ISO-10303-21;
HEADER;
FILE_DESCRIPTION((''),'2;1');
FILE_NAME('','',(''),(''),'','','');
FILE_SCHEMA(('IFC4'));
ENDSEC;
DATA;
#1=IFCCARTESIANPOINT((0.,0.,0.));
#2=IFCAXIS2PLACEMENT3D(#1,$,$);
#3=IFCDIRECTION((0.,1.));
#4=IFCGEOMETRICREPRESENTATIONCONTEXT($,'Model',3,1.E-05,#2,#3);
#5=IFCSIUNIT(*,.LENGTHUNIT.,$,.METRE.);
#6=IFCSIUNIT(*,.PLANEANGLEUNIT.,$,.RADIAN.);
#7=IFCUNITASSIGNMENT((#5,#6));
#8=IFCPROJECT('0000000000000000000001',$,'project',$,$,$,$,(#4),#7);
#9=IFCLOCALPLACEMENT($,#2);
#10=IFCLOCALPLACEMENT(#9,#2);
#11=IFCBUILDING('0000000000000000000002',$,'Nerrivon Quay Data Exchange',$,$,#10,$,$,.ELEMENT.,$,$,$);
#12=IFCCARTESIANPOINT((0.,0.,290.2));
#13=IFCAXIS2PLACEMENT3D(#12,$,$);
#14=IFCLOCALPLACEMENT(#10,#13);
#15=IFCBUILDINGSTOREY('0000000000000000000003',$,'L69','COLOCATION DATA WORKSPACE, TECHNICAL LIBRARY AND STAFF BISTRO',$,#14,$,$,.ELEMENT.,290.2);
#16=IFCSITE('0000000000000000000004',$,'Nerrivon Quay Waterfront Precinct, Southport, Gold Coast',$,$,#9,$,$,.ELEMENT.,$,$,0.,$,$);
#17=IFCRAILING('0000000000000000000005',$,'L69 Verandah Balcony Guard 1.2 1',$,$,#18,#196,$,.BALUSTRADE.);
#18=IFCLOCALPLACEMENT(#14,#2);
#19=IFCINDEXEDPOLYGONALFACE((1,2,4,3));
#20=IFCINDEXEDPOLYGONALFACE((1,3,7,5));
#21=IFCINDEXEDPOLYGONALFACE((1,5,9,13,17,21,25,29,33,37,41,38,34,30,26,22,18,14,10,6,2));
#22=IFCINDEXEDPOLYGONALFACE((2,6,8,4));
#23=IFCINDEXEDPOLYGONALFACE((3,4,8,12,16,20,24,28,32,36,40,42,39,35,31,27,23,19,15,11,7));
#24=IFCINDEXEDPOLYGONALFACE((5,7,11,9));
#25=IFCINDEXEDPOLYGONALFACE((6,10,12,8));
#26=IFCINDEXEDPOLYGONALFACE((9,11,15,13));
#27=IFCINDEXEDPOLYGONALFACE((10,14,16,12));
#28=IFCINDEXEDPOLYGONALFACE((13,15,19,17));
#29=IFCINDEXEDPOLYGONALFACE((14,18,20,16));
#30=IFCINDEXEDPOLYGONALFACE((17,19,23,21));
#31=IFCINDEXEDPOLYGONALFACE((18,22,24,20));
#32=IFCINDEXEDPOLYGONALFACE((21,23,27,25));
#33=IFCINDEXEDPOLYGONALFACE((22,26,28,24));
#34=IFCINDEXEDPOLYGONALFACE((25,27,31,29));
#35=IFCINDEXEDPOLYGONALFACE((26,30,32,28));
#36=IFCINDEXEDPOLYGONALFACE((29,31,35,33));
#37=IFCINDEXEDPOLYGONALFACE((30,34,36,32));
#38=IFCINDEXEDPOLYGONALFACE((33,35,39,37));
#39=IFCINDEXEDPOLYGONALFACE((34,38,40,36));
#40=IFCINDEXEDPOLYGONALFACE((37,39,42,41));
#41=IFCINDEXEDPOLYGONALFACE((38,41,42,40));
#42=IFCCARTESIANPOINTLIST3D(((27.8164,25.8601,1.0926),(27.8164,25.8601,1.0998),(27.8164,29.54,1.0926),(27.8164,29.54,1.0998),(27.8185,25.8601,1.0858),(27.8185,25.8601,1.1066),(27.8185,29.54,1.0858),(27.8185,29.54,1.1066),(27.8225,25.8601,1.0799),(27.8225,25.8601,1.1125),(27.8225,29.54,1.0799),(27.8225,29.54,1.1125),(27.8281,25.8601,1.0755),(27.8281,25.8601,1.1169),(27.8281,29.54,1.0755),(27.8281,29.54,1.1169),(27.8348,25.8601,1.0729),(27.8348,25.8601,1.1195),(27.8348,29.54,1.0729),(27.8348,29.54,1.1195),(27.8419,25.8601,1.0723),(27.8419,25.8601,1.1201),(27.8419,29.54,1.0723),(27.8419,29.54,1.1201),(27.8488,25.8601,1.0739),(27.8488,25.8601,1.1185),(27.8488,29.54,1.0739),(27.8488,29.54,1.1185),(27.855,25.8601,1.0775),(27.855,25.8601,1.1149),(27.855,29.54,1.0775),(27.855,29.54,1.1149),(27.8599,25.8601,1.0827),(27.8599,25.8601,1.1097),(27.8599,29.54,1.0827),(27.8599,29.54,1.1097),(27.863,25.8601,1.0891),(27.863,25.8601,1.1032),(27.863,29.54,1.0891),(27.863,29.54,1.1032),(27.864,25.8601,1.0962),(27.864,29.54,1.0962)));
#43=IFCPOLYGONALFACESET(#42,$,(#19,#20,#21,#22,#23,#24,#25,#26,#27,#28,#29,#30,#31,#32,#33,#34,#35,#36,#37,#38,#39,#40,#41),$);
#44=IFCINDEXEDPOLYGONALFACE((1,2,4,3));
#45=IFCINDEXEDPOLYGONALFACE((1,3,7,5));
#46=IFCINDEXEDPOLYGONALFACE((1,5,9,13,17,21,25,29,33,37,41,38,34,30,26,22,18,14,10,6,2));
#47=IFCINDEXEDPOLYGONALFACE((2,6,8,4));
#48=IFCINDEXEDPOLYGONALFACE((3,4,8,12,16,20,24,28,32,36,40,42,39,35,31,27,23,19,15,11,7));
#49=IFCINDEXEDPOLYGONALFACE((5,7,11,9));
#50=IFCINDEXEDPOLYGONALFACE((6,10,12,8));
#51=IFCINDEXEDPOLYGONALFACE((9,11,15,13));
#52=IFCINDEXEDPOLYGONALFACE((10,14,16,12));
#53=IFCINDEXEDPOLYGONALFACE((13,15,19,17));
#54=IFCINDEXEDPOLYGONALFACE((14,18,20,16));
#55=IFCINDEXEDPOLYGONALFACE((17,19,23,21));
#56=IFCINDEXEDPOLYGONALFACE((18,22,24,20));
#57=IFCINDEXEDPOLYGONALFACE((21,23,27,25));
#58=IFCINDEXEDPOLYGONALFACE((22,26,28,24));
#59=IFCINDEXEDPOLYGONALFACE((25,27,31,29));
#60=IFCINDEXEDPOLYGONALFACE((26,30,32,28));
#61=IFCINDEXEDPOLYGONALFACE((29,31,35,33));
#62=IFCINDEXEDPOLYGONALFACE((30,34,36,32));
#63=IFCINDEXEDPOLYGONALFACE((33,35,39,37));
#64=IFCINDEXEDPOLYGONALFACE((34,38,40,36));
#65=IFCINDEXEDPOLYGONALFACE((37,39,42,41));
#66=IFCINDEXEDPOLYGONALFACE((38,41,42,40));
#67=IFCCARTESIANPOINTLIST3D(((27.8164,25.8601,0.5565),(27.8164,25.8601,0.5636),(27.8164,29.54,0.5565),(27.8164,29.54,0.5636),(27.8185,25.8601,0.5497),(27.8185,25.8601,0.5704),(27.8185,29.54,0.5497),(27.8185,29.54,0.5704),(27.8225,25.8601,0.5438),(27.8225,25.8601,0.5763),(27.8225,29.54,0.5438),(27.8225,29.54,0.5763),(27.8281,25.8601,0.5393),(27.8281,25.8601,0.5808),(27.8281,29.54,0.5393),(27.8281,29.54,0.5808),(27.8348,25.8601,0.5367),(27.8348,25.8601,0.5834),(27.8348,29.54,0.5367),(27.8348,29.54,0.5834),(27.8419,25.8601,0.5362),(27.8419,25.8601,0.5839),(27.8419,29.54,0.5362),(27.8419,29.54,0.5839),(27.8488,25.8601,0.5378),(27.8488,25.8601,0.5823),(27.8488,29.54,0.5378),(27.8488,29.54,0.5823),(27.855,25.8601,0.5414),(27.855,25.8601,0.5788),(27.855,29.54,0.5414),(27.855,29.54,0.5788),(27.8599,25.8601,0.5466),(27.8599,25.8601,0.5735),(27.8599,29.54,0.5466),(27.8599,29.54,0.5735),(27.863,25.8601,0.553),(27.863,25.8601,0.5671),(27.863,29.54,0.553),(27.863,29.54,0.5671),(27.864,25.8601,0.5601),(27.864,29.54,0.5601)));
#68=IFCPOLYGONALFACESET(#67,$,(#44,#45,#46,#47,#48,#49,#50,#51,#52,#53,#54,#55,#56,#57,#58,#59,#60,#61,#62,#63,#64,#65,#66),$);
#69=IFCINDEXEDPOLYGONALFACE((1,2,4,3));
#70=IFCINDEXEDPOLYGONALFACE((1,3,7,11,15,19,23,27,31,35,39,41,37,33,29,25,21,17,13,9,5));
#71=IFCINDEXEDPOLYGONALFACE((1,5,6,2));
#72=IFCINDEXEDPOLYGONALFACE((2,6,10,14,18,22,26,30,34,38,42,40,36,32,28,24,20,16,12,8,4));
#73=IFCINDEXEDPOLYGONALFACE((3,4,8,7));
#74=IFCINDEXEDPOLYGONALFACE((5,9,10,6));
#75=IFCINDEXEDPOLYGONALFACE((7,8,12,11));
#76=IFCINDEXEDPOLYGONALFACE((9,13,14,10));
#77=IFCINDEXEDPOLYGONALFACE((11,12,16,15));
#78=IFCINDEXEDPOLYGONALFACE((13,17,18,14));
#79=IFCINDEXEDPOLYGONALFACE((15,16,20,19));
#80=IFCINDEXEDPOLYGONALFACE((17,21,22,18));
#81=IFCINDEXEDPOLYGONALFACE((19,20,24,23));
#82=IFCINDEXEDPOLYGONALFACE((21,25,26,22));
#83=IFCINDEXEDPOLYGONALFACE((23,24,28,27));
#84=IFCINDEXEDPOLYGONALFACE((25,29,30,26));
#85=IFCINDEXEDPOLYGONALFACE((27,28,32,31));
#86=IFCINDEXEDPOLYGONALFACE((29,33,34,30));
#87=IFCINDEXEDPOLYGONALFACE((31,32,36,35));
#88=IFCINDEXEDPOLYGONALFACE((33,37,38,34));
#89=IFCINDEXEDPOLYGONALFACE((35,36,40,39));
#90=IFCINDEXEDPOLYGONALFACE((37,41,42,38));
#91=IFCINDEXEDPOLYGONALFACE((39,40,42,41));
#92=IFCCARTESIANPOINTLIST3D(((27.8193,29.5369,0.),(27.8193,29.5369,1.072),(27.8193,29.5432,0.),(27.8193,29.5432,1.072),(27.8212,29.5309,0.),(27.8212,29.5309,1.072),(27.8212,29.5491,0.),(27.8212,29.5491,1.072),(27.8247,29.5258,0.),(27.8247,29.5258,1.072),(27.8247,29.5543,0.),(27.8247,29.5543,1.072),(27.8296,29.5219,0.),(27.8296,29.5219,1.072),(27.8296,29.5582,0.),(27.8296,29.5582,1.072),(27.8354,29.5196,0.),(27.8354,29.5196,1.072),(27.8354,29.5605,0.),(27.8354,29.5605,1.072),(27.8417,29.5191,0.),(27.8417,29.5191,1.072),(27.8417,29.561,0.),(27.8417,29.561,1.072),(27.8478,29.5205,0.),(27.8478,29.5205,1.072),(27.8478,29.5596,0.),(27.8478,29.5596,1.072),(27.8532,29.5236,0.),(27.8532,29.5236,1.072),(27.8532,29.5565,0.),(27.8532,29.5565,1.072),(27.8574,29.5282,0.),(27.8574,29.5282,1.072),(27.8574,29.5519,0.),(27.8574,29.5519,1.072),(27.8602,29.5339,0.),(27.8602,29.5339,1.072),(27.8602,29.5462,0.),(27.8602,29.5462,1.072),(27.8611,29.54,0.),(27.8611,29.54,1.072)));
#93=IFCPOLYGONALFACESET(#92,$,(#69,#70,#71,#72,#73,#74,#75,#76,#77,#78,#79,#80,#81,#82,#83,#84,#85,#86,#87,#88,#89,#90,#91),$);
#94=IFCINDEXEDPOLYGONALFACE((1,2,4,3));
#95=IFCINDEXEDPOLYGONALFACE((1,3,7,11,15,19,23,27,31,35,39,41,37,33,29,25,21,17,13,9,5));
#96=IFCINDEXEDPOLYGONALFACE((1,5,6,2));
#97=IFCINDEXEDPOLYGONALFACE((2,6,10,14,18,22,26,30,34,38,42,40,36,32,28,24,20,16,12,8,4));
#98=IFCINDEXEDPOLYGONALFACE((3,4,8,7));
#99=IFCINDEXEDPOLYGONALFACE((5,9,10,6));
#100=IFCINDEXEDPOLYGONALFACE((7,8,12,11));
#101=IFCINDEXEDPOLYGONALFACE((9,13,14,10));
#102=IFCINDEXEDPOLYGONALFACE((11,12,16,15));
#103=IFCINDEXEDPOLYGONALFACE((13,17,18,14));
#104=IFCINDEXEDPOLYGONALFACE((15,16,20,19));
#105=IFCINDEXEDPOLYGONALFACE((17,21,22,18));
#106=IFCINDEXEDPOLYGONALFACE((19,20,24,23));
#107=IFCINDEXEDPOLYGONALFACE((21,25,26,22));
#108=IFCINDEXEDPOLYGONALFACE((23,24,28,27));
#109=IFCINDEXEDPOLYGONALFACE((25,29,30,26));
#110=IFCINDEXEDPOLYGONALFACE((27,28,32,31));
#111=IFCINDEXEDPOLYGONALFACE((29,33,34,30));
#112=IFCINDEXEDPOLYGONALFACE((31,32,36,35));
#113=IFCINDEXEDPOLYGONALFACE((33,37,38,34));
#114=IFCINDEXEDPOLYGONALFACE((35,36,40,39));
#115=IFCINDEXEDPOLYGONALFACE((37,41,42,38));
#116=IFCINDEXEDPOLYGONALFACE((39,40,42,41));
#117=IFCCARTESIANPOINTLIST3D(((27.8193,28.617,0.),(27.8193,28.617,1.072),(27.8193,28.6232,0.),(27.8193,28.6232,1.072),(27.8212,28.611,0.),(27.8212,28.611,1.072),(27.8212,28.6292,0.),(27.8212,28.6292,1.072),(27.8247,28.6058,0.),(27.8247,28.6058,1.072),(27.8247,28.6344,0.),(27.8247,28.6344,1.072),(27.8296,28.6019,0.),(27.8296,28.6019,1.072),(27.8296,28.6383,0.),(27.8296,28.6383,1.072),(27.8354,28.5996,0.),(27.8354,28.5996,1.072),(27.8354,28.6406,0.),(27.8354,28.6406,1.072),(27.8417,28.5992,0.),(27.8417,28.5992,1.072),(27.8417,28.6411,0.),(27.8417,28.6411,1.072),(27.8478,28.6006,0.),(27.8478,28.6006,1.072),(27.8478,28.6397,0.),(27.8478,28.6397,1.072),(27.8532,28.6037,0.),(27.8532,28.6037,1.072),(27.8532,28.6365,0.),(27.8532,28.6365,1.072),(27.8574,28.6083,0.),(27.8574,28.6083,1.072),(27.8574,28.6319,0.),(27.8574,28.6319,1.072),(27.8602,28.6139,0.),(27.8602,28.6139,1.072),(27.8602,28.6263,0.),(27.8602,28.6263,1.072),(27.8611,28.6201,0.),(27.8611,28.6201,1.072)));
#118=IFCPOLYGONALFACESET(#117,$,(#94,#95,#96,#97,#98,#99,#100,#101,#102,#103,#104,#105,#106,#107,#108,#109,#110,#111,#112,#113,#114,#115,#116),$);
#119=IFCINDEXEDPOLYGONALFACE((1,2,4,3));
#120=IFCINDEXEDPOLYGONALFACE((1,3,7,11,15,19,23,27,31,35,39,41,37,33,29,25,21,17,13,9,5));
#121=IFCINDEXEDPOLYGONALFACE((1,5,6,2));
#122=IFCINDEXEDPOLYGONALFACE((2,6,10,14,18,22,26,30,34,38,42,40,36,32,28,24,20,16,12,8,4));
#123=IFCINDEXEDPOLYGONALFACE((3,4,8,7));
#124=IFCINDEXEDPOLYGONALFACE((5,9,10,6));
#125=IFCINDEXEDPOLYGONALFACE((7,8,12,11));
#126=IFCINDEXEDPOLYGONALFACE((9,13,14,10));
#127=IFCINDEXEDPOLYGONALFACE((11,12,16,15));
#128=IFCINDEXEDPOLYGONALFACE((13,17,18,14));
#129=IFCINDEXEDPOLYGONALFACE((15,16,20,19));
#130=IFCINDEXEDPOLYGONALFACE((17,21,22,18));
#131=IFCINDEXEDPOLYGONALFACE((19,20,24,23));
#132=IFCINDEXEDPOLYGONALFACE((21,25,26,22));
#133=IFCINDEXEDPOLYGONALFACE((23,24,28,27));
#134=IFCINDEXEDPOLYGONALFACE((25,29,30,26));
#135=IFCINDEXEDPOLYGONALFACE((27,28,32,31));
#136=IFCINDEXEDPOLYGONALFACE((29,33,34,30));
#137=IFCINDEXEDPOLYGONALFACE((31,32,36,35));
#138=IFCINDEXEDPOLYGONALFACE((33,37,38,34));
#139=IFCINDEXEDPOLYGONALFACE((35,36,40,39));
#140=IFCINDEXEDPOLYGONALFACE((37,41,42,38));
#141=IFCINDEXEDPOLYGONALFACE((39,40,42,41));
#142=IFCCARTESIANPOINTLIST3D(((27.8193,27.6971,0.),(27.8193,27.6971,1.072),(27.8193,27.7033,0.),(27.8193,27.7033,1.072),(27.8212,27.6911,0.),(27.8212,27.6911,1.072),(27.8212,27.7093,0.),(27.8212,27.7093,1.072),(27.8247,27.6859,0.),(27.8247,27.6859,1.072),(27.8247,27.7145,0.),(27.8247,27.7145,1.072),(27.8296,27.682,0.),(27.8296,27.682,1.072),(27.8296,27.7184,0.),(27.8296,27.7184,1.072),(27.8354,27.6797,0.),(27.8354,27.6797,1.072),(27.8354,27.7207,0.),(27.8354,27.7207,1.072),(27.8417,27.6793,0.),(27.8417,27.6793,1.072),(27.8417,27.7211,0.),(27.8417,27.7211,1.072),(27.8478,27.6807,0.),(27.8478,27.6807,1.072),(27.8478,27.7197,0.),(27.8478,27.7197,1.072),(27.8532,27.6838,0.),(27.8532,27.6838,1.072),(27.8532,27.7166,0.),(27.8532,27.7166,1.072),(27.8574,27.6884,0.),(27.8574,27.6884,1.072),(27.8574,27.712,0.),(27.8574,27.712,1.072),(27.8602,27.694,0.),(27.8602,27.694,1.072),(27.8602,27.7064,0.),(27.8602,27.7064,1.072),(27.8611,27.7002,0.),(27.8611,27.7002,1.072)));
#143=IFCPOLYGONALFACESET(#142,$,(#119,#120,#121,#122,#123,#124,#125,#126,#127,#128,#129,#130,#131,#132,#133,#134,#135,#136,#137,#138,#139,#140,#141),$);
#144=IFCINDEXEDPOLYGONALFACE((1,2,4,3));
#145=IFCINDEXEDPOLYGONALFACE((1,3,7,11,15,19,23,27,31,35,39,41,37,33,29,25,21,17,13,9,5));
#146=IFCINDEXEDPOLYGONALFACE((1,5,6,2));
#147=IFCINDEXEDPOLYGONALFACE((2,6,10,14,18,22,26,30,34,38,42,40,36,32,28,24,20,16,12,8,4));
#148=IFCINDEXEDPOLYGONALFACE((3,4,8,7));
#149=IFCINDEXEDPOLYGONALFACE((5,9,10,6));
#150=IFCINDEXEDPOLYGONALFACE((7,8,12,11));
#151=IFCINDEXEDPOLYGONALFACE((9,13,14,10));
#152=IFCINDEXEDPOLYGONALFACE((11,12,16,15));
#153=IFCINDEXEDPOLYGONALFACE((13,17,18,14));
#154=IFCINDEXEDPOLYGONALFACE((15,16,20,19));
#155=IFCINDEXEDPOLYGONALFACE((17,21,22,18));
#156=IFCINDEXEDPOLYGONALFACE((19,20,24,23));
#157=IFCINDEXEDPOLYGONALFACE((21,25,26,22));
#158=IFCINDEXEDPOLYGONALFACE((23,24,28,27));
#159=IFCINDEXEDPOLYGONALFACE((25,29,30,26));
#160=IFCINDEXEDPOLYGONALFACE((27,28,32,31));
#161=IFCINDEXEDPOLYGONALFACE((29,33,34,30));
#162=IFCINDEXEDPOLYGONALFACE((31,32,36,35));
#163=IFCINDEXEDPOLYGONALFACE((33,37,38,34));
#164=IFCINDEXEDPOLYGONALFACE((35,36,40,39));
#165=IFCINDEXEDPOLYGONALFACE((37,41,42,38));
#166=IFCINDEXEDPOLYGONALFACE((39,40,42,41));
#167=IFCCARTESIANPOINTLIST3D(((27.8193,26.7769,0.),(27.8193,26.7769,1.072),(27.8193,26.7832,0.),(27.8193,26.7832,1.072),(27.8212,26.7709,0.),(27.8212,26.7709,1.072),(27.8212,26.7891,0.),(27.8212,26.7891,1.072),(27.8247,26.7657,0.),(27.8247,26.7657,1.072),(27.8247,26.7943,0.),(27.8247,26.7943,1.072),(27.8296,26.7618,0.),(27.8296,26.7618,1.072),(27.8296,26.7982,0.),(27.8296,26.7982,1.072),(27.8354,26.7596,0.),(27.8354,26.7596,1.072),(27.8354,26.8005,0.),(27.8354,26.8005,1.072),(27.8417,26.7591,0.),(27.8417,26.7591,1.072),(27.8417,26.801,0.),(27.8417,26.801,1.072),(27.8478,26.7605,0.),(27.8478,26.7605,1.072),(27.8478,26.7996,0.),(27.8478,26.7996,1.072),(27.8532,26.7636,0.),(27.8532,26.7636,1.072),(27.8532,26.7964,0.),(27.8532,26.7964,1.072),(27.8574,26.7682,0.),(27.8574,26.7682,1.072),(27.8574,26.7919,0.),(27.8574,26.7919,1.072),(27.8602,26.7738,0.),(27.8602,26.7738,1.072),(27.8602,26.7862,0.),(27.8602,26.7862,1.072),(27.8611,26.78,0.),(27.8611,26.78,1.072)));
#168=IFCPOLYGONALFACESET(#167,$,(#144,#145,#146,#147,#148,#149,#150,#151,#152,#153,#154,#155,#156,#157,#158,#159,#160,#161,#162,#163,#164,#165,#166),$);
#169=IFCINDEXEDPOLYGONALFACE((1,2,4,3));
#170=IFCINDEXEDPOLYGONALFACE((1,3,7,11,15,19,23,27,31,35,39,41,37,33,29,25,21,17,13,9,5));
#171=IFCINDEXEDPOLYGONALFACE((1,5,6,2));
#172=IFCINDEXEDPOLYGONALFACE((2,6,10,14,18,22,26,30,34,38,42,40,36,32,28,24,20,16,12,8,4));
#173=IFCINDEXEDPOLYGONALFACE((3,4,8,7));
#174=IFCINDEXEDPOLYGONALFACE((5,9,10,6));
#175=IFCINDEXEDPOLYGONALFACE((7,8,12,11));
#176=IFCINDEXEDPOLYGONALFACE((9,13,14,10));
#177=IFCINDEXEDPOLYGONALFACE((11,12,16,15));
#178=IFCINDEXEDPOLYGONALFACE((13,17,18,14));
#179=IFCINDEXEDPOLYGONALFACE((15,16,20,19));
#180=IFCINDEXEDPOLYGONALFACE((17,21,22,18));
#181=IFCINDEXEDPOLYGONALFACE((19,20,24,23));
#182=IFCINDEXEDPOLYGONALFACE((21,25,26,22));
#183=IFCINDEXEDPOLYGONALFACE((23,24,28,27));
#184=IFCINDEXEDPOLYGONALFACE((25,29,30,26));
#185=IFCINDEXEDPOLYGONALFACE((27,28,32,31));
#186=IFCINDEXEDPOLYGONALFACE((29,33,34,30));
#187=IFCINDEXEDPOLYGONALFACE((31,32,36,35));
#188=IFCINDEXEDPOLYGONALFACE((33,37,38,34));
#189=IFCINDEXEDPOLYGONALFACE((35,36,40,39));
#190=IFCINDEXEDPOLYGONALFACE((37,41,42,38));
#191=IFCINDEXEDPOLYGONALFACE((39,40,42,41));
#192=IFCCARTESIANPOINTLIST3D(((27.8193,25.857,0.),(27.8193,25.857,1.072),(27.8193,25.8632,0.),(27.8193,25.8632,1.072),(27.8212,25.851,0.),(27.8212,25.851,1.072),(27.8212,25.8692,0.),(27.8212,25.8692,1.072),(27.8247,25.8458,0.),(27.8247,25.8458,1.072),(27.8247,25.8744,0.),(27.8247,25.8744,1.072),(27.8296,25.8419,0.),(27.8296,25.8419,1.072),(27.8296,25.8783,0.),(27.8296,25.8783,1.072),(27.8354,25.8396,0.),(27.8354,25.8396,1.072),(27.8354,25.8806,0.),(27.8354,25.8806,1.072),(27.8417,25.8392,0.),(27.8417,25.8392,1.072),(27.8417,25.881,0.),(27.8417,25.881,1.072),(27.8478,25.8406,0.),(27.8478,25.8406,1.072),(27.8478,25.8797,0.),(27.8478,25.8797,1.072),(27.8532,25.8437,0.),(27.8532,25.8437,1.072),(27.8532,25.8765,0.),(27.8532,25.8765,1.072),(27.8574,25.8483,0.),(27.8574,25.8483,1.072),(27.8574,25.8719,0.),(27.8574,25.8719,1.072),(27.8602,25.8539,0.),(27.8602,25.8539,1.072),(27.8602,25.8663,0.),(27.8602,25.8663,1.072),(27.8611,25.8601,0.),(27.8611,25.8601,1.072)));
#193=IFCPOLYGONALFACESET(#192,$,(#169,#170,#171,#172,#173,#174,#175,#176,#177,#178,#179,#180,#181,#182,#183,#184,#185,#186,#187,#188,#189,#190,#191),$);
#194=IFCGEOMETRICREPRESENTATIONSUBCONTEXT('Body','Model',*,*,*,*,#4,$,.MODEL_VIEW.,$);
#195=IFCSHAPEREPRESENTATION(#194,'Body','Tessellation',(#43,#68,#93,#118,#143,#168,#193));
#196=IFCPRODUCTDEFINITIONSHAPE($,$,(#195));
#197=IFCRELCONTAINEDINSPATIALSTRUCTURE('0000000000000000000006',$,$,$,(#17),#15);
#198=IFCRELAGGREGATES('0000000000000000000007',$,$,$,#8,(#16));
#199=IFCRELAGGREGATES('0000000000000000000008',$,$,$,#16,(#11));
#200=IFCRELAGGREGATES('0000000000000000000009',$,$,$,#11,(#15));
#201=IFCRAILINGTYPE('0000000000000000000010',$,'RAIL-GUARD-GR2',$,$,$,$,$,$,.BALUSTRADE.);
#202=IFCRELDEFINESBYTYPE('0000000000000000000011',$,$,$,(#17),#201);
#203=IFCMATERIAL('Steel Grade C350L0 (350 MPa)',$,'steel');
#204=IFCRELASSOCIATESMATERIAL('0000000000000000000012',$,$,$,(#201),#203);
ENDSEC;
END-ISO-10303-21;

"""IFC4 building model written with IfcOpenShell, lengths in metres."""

from ifc_helpers import new_model, si_unit, direction, frame, origin, origin_2d, place, context, subcontext, project, spatial, circle, extrude, material, type_object, element, save


model = new_model("IFC4")

# Units and contexts
model_context = context("Model", 3, precision=1e-05, world=origin(), true_north=direction((0.0, 1.0)))
body_context = subcontext(model_context, "Body", "Model", "MODEL_VIEW")
ifc_project = project(units=[si_unit("LENGTHUNIT", "METRE"), si_unit("PLANEANGLEUNIT", "RADIAN")], contexts=[model_context])

# Site, building, storey
site_placement = place(None, origin())
site = spatial("IfcSite", under=ifc_project, at=site_placement, Name="Nerrivon Quay Waterfront Precinct, Southport, Gold Coast", CompositionType="ELEMENT", RefElevation=0.0)
building_placement = place(site_placement, origin())
building = spatial("IfcBuilding", under=site, at=building_placement, Name="Nerrivon Quay Data Exchange", CompositionType="ELEMENT")
storey_placement = place(building_placement, frame((0.0, 0.0, 290.2)))
storey = spatial("IfcBuildingStorey", under=building, at=storey_placement, Name="L69", Description="COLOCATION DATA WORKSPACE, TECHNICAL LIBRARY AND STAFF BISTRO", CompositionType="ELEMENT", Elevation=290.2)

# Railing
ifc_material_1 = material(Name="Steel Grade C350L0 (350 MPa)", Category="steel")
railing_type = type_object("IfcRailingType", Name="RAIL-GUARD-GR2", PredefinedType="BALUSTRADE", material=ifc_material_1)
railing_1_placement = place(storey_placement, frame((27.8401, 29.54, 0.0)))
element("IfcRailing", 1, at=railing_1_placement, inside=storey, type_object=railing_type, Name="L69 Verandah Balcony Guard 1.2 1", PredefinedType="BALUSTRADE", context=body_context, shape_type="SweptSolid", body=[
    extrude(circle(Radius=0.0239, at=origin_2d()), frame((0.0, 0.0, 1.0962), z_axis=(0.0, -1.0, 0.0), x_axis=(1.0, 0.0, 0.0)), (0.0, 0.0, 1.0), 3.6799),
    extrude(circle(Radius=0.0239, at=origin_2d()), frame((0.0, 0.0, 0.5601), z_axis=(0.0, -1.0, 0.0), x_axis=(1.0, 0.0, 0.0)), (0.0, 0.0, 1.0), 3.6799),
    extrude(circle(Radius=0.021, at=origin_2d()), origin(), (0.0, 0.0, 1.0), 1.072),
    extrude(circle(Radius=0.021, at=origin_2d()), frame((0.0, -0.9199, 0.0)), (0.0, 0.0, 1.0), 1.072),
    extrude(circle(Radius=0.021, at=origin_2d()), frame((0.0, -1.8398, 0.0)), (0.0, 0.0, 1.0), 1.072),
    extrude(circle(Radius=0.021, at=origin_2d()), frame((0.0, -2.76, 0.0)), (0.0, 0.0, 1.0), 1.072),
    extrude(circle(Radius=0.021, at=origin_2d()), frame((0.0, -3.6799, 0.0)), (0.0, 0.0, 1.0), 1.072),
])

save(model, "model.ifc")
